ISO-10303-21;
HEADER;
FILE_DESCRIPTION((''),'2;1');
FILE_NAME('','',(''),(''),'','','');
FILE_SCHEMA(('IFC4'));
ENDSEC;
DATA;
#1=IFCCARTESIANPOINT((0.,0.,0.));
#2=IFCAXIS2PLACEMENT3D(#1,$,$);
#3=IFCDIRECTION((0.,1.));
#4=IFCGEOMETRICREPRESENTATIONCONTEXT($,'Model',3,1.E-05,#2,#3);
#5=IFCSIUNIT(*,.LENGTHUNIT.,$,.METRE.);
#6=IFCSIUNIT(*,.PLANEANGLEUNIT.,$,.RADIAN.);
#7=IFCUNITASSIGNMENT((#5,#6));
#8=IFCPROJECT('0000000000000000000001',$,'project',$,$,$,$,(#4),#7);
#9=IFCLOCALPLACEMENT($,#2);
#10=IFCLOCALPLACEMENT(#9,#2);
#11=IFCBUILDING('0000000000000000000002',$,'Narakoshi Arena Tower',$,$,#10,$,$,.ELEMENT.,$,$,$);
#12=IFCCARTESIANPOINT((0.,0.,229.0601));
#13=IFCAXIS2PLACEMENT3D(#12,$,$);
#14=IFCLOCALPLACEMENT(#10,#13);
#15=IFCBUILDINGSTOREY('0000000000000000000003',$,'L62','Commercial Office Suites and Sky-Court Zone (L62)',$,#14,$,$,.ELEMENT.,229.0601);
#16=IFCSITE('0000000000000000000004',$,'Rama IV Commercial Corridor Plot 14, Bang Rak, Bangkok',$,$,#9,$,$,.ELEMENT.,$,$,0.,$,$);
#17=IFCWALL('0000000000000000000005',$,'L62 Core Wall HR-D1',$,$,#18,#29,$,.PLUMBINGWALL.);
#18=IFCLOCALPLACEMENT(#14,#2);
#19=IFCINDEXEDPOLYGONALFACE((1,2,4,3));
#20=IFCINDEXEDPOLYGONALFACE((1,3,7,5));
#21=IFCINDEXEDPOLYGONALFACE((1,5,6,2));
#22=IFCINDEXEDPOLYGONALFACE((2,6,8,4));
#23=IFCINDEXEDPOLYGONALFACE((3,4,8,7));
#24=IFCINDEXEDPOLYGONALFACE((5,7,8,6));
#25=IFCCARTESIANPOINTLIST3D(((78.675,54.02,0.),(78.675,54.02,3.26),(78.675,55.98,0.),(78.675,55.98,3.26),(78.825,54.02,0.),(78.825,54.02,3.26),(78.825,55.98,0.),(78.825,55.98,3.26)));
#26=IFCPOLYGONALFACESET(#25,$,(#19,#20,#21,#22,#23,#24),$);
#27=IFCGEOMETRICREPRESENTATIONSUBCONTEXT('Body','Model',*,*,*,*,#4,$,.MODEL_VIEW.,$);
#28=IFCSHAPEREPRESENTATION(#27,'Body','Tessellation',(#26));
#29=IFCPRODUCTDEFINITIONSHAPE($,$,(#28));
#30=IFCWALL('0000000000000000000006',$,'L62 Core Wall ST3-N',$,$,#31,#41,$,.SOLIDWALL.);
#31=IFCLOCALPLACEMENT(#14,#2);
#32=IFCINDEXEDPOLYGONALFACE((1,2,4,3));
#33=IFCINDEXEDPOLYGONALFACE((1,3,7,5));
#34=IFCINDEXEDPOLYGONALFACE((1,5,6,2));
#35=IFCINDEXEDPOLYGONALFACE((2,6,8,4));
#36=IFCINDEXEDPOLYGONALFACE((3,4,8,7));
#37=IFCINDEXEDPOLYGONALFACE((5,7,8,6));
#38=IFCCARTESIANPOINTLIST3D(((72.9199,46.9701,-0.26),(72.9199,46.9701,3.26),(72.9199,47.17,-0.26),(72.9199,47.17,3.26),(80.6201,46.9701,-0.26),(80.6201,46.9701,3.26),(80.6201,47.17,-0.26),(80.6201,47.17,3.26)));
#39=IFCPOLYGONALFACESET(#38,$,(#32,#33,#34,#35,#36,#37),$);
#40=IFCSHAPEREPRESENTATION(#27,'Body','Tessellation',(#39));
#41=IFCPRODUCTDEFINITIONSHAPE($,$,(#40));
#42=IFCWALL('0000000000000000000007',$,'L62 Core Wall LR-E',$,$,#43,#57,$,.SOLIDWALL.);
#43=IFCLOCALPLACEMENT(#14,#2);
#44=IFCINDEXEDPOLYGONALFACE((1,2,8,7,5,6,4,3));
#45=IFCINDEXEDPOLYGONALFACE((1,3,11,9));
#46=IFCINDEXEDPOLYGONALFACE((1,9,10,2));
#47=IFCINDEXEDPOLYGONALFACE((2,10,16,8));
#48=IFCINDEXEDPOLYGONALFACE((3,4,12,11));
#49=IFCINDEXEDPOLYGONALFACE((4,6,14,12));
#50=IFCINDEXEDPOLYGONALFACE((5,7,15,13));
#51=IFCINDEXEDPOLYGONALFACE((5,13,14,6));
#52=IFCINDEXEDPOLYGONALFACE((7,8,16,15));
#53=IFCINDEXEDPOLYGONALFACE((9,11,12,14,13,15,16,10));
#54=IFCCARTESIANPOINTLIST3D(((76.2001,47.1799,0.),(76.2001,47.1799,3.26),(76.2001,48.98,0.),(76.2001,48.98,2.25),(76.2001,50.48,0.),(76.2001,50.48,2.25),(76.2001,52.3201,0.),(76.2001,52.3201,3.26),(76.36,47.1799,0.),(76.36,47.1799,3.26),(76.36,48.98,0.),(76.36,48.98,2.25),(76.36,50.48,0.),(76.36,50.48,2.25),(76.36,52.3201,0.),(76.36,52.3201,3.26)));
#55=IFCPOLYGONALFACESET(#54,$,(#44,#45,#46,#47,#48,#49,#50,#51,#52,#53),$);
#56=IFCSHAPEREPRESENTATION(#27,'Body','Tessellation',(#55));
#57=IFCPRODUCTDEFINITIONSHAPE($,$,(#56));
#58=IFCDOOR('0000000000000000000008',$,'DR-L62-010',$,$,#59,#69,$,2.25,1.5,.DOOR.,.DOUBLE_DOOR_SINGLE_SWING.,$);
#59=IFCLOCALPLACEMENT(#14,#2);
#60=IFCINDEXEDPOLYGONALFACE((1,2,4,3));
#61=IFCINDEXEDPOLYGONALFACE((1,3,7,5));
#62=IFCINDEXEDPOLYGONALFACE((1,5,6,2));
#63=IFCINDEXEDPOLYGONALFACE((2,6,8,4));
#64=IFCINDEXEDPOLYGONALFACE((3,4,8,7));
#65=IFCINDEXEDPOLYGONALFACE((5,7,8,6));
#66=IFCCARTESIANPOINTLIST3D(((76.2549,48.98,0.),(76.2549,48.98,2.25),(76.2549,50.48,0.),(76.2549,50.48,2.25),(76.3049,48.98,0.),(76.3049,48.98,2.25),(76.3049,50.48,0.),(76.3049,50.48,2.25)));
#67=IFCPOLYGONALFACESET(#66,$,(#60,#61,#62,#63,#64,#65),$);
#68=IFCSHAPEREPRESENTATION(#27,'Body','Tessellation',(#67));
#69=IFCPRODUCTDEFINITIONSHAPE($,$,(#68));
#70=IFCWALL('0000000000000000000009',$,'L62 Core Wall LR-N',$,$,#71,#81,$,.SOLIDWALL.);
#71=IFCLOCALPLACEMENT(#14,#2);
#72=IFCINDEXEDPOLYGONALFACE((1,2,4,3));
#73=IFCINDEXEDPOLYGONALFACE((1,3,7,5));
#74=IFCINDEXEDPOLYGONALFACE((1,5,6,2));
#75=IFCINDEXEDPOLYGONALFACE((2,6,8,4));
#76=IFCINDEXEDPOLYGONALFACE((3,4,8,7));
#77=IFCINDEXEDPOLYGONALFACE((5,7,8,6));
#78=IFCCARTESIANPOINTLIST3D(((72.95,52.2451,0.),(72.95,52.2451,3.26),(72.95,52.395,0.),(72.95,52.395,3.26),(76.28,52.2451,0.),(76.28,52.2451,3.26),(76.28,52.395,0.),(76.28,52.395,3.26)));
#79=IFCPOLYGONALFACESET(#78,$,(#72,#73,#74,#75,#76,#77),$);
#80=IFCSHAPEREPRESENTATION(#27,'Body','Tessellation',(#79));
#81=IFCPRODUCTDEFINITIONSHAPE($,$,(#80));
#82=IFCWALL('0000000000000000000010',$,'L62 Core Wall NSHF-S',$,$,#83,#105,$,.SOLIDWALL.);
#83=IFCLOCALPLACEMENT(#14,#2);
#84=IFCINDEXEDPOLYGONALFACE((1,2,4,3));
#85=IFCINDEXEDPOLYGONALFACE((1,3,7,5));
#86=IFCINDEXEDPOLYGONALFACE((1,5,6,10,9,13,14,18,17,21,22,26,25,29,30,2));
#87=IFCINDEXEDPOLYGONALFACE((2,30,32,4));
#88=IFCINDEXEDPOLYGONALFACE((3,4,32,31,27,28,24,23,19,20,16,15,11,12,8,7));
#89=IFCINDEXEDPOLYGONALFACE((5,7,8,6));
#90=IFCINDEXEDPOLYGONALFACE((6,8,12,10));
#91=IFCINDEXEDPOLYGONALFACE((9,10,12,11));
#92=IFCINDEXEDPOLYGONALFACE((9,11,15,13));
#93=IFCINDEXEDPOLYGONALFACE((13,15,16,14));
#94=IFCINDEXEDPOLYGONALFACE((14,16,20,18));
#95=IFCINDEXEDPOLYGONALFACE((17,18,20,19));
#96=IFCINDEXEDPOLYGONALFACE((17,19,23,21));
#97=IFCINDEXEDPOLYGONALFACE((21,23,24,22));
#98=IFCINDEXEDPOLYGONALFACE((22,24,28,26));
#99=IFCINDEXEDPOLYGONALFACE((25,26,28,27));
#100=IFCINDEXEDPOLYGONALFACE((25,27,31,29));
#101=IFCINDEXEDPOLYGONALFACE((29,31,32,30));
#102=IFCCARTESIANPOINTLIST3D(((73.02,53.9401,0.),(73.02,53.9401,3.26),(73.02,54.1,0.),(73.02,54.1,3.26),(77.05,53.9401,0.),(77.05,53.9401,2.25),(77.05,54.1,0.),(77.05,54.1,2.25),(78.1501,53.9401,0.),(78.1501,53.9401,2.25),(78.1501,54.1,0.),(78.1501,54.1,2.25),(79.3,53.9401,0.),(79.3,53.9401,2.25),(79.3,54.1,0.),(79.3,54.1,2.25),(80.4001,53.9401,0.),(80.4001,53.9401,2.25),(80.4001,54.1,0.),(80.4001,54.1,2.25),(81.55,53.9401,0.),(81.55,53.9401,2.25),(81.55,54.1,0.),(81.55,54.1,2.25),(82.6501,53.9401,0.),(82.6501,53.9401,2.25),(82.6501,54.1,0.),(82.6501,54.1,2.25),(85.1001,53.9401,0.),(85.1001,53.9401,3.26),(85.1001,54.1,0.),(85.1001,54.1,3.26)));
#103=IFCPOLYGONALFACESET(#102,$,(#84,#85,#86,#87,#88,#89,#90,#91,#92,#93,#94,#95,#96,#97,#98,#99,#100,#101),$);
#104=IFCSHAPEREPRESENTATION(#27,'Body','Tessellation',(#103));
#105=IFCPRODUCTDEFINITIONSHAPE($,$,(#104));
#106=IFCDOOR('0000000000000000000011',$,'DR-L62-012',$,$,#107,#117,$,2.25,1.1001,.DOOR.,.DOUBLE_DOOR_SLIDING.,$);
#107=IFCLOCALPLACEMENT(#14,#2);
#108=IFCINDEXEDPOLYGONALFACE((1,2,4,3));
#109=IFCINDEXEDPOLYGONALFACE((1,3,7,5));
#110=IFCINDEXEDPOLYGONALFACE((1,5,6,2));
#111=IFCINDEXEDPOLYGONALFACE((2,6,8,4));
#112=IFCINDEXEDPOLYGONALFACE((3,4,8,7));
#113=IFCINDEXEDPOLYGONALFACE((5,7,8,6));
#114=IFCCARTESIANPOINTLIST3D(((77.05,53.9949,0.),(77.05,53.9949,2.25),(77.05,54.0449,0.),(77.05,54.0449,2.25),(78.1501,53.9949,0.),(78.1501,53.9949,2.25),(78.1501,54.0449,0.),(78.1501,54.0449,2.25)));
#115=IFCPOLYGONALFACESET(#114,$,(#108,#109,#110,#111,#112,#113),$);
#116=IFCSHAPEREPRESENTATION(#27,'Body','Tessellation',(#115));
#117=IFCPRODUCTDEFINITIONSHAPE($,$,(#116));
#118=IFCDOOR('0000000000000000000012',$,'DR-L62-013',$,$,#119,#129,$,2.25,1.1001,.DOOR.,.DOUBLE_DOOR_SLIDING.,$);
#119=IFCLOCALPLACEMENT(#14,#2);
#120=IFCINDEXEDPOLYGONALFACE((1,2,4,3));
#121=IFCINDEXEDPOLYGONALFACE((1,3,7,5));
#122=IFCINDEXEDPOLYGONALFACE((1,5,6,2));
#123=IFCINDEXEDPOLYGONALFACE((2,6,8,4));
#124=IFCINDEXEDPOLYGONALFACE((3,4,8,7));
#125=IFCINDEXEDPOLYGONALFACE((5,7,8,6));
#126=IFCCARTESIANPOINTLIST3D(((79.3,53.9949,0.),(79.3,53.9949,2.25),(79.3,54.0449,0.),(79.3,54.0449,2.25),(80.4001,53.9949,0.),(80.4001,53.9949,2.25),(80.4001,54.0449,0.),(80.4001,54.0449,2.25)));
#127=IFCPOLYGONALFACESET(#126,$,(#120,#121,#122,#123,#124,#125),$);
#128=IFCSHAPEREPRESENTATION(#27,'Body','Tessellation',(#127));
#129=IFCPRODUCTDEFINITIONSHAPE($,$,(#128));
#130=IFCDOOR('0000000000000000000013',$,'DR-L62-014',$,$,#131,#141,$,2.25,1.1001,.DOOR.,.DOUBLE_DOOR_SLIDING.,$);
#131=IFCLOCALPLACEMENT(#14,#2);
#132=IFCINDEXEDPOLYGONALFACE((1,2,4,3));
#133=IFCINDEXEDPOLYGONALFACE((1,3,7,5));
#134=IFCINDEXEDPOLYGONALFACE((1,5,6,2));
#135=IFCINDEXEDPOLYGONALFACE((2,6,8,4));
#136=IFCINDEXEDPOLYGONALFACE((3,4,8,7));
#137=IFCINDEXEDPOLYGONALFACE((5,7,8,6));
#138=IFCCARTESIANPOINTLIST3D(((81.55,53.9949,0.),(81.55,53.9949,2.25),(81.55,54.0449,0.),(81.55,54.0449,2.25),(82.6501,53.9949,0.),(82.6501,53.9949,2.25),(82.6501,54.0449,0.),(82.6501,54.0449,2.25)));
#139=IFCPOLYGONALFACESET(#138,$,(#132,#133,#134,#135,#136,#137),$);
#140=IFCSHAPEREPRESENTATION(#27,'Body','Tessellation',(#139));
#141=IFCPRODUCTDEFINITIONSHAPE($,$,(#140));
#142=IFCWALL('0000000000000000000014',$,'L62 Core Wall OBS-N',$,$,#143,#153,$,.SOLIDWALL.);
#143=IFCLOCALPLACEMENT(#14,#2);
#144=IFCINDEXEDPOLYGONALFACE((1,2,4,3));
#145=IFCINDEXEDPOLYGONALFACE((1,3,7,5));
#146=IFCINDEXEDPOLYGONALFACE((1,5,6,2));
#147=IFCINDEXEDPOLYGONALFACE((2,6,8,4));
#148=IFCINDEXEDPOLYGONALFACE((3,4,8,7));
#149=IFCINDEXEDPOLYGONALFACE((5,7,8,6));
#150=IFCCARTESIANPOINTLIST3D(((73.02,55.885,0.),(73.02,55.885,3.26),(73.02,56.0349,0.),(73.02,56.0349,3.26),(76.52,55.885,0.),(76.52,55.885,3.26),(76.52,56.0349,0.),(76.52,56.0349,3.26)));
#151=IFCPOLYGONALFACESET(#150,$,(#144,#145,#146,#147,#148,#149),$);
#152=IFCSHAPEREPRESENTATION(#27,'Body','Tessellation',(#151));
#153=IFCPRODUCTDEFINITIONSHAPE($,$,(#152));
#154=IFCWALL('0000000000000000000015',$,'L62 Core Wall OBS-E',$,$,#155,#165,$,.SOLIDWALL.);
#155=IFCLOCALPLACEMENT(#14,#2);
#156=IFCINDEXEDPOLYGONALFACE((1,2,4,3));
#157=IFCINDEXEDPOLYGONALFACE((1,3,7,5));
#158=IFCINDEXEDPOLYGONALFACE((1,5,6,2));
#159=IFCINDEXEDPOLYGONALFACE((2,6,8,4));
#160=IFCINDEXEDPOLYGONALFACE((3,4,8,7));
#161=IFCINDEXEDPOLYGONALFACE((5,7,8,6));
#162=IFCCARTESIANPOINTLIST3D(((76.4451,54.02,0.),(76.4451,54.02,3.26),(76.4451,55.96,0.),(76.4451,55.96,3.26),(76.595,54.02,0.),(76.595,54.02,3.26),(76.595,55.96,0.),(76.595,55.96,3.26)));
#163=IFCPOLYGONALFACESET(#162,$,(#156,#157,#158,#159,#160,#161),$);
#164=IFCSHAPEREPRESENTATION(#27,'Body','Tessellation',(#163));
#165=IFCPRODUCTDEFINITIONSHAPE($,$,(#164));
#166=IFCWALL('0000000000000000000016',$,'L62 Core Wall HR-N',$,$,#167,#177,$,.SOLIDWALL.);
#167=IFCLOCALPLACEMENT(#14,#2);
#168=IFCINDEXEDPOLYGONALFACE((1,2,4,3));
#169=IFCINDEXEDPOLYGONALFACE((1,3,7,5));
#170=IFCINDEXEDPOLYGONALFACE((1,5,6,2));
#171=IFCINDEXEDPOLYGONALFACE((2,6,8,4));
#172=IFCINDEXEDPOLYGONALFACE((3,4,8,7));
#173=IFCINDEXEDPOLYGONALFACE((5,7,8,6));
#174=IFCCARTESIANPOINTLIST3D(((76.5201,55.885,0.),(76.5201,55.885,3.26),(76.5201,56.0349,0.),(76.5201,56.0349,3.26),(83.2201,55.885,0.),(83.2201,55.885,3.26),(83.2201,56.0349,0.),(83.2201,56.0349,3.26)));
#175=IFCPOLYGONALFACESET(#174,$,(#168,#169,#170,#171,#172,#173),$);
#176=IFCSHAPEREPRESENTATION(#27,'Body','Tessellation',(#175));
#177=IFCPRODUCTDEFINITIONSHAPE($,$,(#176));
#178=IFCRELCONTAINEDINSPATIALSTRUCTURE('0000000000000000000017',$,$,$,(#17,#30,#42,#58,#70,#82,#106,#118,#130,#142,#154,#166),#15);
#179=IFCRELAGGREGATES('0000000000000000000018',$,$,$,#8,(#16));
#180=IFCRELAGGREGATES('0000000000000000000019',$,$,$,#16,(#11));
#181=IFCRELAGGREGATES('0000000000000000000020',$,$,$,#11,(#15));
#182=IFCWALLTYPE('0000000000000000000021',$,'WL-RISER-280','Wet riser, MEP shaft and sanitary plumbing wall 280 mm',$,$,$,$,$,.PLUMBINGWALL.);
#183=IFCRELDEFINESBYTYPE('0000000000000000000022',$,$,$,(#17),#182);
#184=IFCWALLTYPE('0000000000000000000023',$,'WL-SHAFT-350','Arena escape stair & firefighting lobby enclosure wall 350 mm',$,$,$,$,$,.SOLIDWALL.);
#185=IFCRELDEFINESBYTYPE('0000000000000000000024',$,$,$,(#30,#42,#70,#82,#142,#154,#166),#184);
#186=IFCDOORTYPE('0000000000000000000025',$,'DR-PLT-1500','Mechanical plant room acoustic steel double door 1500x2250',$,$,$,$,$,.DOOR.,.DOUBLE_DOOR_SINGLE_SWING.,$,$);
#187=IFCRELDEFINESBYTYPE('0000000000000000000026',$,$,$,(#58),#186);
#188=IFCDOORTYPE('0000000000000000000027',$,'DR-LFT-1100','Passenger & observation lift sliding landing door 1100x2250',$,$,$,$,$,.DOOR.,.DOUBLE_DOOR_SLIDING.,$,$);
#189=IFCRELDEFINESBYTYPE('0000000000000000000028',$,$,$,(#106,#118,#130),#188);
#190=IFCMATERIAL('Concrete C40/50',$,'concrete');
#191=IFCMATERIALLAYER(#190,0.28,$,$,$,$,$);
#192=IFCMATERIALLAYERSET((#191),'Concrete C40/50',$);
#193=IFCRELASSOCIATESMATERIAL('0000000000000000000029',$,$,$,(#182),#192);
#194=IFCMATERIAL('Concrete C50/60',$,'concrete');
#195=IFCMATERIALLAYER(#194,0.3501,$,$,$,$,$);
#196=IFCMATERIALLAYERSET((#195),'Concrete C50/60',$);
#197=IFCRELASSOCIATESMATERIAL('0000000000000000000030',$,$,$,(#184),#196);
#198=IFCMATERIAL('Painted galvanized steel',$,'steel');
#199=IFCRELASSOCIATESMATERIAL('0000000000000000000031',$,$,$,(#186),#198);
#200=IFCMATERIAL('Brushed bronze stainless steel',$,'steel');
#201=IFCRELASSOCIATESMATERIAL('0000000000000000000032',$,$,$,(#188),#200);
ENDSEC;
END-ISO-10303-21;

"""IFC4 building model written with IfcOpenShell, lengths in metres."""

from ifc_helpers import new_model, si_unit, direction, frame, frame_2d, origin, place, context, subcontext, project, spatial, rectangle, extrude, material, layer, layer_set, type_object, element, fill, save


model = new_model("IFC4")

# Units and contexts
model_context = context("Model", 3, precision=1e-05, world=origin(), true_north=direction((0.0, 1.0)))
body_context = subcontext(model_context, "Body", "Model", "MODEL_VIEW")
ifc_project = project(units=[si_unit("LENGTHUNIT", "METRE"), si_unit("PLANEANGLEUNIT", "RADIAN")], contexts=[model_context])

# Site, building, storey
site_placement = place(None, origin())
site = spatial("IfcSite", under=ifc_project, at=site_placement, Name="Rama IV Commercial Corridor Plot 14, Bang Rak, Bangkok", CompositionType="ELEMENT", RefElevation=0.0)
building_placement = place(site_placement, origin())
building = spatial("IfcBuilding", under=site, at=building_placement, Name="Narakoshi Arena Tower", CompositionType="ELEMENT")
storey_placement = place(building_placement, frame((0.0, 0.0, 229.0601)))
storey = spatial("IfcBuildingStorey", under=building, at=storey_placement, Name="L62", Description="Commercial Office Suites and Sky-Court Zone (L62)", CompositionType="ELEMENT", Elevation=229.0601)

# Walls
ifc_material_1 = material(Name="Concrete C40/50", Category="concrete")
ifc_layer_1 = layer(ifc_material_1, 0.28)
ifc_layer_set_1 = layer_set([ifc_layer_1], Name="Concrete C40/50")
wall_type_1 = type_object("IfcWallType", Name="WL-RISER-280", Description="Wet riser, MEP shaft and sanitary plumbing wall 280 mm", PredefinedType="PLUMBINGWALL", material=ifc_layer_set_1)
wall_1_placement = place(storey_placement, frame((78.75, 54.02, 0.0), z_axis=(0.0, 0.0, 1.0), x_axis=(0.0, 1.0, 0.0)))
element("IfcWall", 1, at=wall_1_placement, inside=storey, type_object=wall_type_1, Name="L62 Core Wall HR-D1", PredefinedType="PLUMBINGWALL", context=body_context, shape_type="SweptSolid", body=[
    extrude(rectangle(XDim=1.96, YDim=0.1499, at=frame_2d((0.98, 0.0))), origin(), (0.0, 0.0, 1.0), 3.26),
])
ifc_material_2 = material(Name="Concrete C50/60", Category="concrete")
ifc_layer_2 = layer(ifc_material_2, 0.3501)
ifc_layer_set_2 = layer_set([ifc_layer_2], Name="Concrete C50/60")
wall_type_2 = type_object("IfcWallType", Name="WL-SHAFT-350", Description="Arena escape stair & firefighting lobby enclosure wall 350 mm", PredefinedType="SOLIDWALL", material=ifc_layer_set_2)
wall_2_placement = place(storey_placement, frame((72.9199, 47.0701, -0.26), z_axis=(0.0, 0.0, 1.0), x_axis=(1.0, 0.0, 0.0)))
element("IfcWall", 2, at=wall_2_placement, inside=storey, type_object=wall_type_2, Name="L62 Core Wall ST3-N", PredefinedType="SOLIDWALL", context=body_context, shape_type="SweptSolid", body=[
    extrude(rectangle(XDim=7.7002, YDim=0.2, at=frame_2d((3.8501, 0.0))), origin(), (0.0, 0.0, 1.0), 3.52),
])

# Wall, opening, door
wall_3_placement = place(storey_placement, frame((76.28, 47.1799, 0.0), z_axis=(0.0, 0.0, 1.0), x_axis=(0.0, 1.0, 0.0)))
wall_3 = element("IfcWall", 3, at=wall_3_placement, inside=storey, type_object=wall_type_2, Name="L62 Core Wall LR-E", PredefinedType="SOLIDWALL", context=body_context, shape_type="SweptSolid", body=[
    extrude(rectangle(XDim=5.1401, YDim=0.1599, at=frame_2d((2.5701, 0.0))), origin(), (0.0, 0.0, 1.0), 3.26),
])
opening_1_placement = place(wall_3_placement, frame((1.8, 0.0, 0.0)))
opening_1 = element("IfcOpeningElement", 4, at=opening_1_placement, cuts=wall_3, PredefinedType="OPENING", context=body_context, shape_type="SweptSolid", body=[
    extrude(rectangle(XDim=1.5, YDim=2.25, at=frame_2d((0.75, 1.125))), frame((0.0, 0.0898, 0.0), z_axis=(0.0, -1.0, 0.0), x_axis=(1.0, 0.0, 0.0)), (0.0, 0.0, 1.0), 0.1799),
])
ifc_material_3 = material(Name="Painted galvanized steel", Category="steel")
door_type_1 = type_object("IfcDoorType", Name="DR-PLT-1500", Description="Mechanical plant room acoustic steel double door 1500x2250", OperationType="DOUBLE_DOOR_SINGLE_SWING", PredefinedType="DOOR", material=ifc_material_3)
door_1_placement = place(opening_1_placement, frame((1.5, 0.0, 0.0), z_axis=(0.0, 0.0, 1.0), x_axis=(-1.0, 0.0, 0.0)))
door_1 = element("IfcDoor", 5, at=door_1_placement, inside=storey, type_object=door_type_1, Name="DR-L62-010", OperationType="DOUBLE_DOOR_SINGLE_SWING", OverallHeight=2.25, OverallWidth=1.5, PredefinedType="DOOR", context=body_context, shape_type="SweptSolid", body=[
    extrude(rectangle(XDim=1.5, YDim=2.25, at=frame_2d((0.75, 1.125))), frame((0.0, 0.0249, 0.0), z_axis=(0.0, -1.0, 0.0), x_axis=(1.0, 0.0, 0.0)), (0.0, 0.0, 1.0), 0.05),
])
fill(opening_1, door_1)

# Wall
wall_4_placement = place(storey_placement, frame((72.95, 52.3201, 0.0), z_axis=(0.0, 0.0, 1.0), x_axis=(1.0, 0.0, 0.0)))
element("IfcWall", 6, at=wall_4_placement, inside=storey, type_object=wall_type_2, Name="L62 Core Wall LR-N", PredefinedType="SOLIDWALL", context=body_context, shape_type="SweptSolid", body=[
    extrude(rectangle(XDim=3.3301, YDim=0.1499, at=frame_2d((1.665, 0.0))), origin(), (0.0, 0.0, 1.0), 3.26),
])

# Wall, openings, doors
wall_5_placement = place(storey_placement, frame((73.02, 54.02, 0.0), z_axis=(0.0, 0.0, 1.0), x_axis=(1.0, 0.0, 0.0)))
wall_5 = element("IfcWall", 7, at=wall_5_placement, inside=storey, type_object=wall_type_2, Name="L62 Core Wall NSHF-S", PredefinedType="SOLIDWALL", context=body_context, shape_type="SweptSolid", body=[
    extrude(rectangle(XDim=12.0801, YDim=0.1599, at=frame_2d((6.04, 0.0))), origin(), (0.0, 0.0, 1.0), 3.26),
])
opening_2_placement = place(wall_5_placement, frame((4.03, 0.0, 0.0)))
opening_2 = element("IfcOpeningElement", 8, at=opening_2_placement, cuts=wall_5, PredefinedType="OPENING", context=body_context, shape_type="SweptSolid", body=[
    extrude(rectangle(XDim=1.1001, YDim=2.25, at=frame_2d((0.55, 1.125))), frame((0.0, 0.0898, 0.0), z_axis=(0.0, -1.0, 0.0), x_axis=(1.0, 0.0, 0.0)), (0.0, 0.0, 1.0), 0.1799),
])
opening_3_placement = place(wall_5_placement, frame((6.28, 0.0, 0.0)))
opening_3 = element("IfcOpeningElement", 9, at=opening_3_placement, cuts=wall_5, PredefinedType="OPENING", context=body_context, shape_type="SweptSolid", body=[
    extrude(rectangle(XDim=1.1001, YDim=2.25, at=frame_2d((0.55, 1.125))), frame((0.0, 0.0898, 0.0), z_axis=(0.0, -1.0, 0.0), x_axis=(1.0, 0.0, 0.0)), (0.0, 0.0, 1.0), 0.1799),
])
opening_4_placement = place(wall_5_placement, frame((8.53, 0.0, 0.0)))
opening_4 = element("IfcOpeningElement", 10, at=opening_4_placement, cuts=wall_5, PredefinedType="OPENING", context=body_context, shape_type="SweptSolid", body=[
    extrude(rectangle(XDim=1.1001, YDim=2.25, at=frame_2d((0.55, 1.125))), frame((0.0, 0.0898, 0.0), z_axis=(0.0, -1.0, 0.0), x_axis=(1.0, 0.0, 0.0)), (0.0, 0.0, 1.0), 0.1799),
])
ifc_material_4 = material(Name="Brushed bronze stainless steel", Category="steel")
door_type_2 = type_object("IfcDoorType", Name="DR-LFT-1100", Description="Passenger & observation lift sliding landing door 1100x2250", OperationType="DOUBLE_DOOR_SLIDING", PredefinedType="DOOR", material=ifc_material_4)
door_2_placement = place(opening_2_placement, origin())
door_2 = element("IfcDoor", 11, at=door_2_placement, inside=storey, type_object=door_type_2, Name="DR-L62-012", OperationType="DOUBLE_DOOR_SLIDING", OverallHeight=2.25, OverallWidth=1.1001, PredefinedType="DOOR", context=body_context, shape_type="SweptSolid", body=[
    extrude(rectangle(XDim=1.1001, YDim=2.25, at=frame_2d((0.55, 1.125))), frame((0.0, 0.0249, 0.0), z_axis=(0.0, -1.0, 0.0), x_axis=(1.0, 0.0, 0.0)), (0.0, 0.0, 1.0), 0.05),
])
fill(opening_2, door_2)
door_3_placement = place(opening_3_placement, origin())
door_3 = element("IfcDoor", 12, at=door_3_placement, inside=storey, type_object=door_type_2, Name="DR-L62-013", OperationType="DOUBLE_DOOR_SLIDING", OverallHeight=2.25, OverallWidth=1.1001, PredefinedType="DOOR", context=body_context, shape_type="SweptSolid", body=[
    extrude(rectangle(XDim=1.1001, YDim=2.25, at=frame_2d((0.55, 1.125))), frame((0.0, 0.0249, 0.0), z_axis=(0.0, -1.0, 0.0), x_axis=(1.0, 0.0, 0.0)), (0.0, 0.0, 1.0), 0.05),
])
fill(opening_3, door_3)
door_4_placement = place(opening_4_placement, origin())
door_4 = element("IfcDoor", 13, at=door_4_placement, inside=storey, type_object=door_type_2, Name="DR-L62-014", OperationType="DOUBLE_DOOR_SLIDING", OverallHeight=2.25, OverallWidth=1.1001, PredefinedType="DOOR", context=body_context, shape_type="SweptSolid", body=[
    extrude(rectangle(XDim=1.1001, YDim=2.25, at=frame_2d((0.55, 1.125))), frame((0.0, 0.0249, 0.0), z_axis=(0.0, -1.0, 0.0), x_axis=(1.0, 0.0, 0.0)), (0.0, 0.0, 1.0), 0.05),
])
fill(opening_4, door_4)

# Walls
wall_6_placement = place(storey_placement, frame((73.02, 55.96, 0.0), z_axis=(0.0, 0.0, 1.0), x_axis=(1.0, 0.0, 0.0)))
element("IfcWall", 14, at=wall_6_placement, inside=storey, type_object=wall_type_2, Name="L62 Core Wall OBS-N", PredefinedType="SOLIDWALL", context=body_context, shape_type="SweptSolid", body=[
    extrude(rectangle(XDim=3.5, YDim=0.1499, at=frame_2d((1.75, 0.0))), origin(), (0.0, 0.0, 1.0), 3.26),
])
wall_7_placement = place(storey_placement, frame((76.52, 54.02, 0.0), z_axis=(0.0, 0.0, 1.0), x_axis=(0.0, 1.0, 0.0)))
element("IfcWall", 15, at=wall_7_placement, inside=storey, type_object=wall_type_2, Name="L62 Core Wall OBS-E", PredefinedType="SOLIDWALL", context=body_context, shape_type="SweptSolid", body=[
    extrude(rectangle(XDim=1.9399, YDim=0.1499, at=frame_2d((0.97, 0.0))), origin(), (0.0, 0.0, 1.0), 3.26),
])
wall_8_placement = place(storey_placement, frame((76.52, 55.96, 0.0), z_axis=(0.0, 0.0, 1.0), x_axis=(1.0, 0.0, 0.0)))
element("IfcWall", 16, at=wall_8_placement, inside=storey, type_object=wall_type_2, Name="L62 Core Wall HR-N", PredefinedType="SOLIDWALL", context=body_context, shape_type="SweptSolid", body=[
    extrude(rectangle(XDim=6.7, YDim=0.1499, at=frame_2d((3.3501, 0.0))), origin(), (0.0, 0.0, 1.0), 3.26),
])

save(model, "model.ifc")
